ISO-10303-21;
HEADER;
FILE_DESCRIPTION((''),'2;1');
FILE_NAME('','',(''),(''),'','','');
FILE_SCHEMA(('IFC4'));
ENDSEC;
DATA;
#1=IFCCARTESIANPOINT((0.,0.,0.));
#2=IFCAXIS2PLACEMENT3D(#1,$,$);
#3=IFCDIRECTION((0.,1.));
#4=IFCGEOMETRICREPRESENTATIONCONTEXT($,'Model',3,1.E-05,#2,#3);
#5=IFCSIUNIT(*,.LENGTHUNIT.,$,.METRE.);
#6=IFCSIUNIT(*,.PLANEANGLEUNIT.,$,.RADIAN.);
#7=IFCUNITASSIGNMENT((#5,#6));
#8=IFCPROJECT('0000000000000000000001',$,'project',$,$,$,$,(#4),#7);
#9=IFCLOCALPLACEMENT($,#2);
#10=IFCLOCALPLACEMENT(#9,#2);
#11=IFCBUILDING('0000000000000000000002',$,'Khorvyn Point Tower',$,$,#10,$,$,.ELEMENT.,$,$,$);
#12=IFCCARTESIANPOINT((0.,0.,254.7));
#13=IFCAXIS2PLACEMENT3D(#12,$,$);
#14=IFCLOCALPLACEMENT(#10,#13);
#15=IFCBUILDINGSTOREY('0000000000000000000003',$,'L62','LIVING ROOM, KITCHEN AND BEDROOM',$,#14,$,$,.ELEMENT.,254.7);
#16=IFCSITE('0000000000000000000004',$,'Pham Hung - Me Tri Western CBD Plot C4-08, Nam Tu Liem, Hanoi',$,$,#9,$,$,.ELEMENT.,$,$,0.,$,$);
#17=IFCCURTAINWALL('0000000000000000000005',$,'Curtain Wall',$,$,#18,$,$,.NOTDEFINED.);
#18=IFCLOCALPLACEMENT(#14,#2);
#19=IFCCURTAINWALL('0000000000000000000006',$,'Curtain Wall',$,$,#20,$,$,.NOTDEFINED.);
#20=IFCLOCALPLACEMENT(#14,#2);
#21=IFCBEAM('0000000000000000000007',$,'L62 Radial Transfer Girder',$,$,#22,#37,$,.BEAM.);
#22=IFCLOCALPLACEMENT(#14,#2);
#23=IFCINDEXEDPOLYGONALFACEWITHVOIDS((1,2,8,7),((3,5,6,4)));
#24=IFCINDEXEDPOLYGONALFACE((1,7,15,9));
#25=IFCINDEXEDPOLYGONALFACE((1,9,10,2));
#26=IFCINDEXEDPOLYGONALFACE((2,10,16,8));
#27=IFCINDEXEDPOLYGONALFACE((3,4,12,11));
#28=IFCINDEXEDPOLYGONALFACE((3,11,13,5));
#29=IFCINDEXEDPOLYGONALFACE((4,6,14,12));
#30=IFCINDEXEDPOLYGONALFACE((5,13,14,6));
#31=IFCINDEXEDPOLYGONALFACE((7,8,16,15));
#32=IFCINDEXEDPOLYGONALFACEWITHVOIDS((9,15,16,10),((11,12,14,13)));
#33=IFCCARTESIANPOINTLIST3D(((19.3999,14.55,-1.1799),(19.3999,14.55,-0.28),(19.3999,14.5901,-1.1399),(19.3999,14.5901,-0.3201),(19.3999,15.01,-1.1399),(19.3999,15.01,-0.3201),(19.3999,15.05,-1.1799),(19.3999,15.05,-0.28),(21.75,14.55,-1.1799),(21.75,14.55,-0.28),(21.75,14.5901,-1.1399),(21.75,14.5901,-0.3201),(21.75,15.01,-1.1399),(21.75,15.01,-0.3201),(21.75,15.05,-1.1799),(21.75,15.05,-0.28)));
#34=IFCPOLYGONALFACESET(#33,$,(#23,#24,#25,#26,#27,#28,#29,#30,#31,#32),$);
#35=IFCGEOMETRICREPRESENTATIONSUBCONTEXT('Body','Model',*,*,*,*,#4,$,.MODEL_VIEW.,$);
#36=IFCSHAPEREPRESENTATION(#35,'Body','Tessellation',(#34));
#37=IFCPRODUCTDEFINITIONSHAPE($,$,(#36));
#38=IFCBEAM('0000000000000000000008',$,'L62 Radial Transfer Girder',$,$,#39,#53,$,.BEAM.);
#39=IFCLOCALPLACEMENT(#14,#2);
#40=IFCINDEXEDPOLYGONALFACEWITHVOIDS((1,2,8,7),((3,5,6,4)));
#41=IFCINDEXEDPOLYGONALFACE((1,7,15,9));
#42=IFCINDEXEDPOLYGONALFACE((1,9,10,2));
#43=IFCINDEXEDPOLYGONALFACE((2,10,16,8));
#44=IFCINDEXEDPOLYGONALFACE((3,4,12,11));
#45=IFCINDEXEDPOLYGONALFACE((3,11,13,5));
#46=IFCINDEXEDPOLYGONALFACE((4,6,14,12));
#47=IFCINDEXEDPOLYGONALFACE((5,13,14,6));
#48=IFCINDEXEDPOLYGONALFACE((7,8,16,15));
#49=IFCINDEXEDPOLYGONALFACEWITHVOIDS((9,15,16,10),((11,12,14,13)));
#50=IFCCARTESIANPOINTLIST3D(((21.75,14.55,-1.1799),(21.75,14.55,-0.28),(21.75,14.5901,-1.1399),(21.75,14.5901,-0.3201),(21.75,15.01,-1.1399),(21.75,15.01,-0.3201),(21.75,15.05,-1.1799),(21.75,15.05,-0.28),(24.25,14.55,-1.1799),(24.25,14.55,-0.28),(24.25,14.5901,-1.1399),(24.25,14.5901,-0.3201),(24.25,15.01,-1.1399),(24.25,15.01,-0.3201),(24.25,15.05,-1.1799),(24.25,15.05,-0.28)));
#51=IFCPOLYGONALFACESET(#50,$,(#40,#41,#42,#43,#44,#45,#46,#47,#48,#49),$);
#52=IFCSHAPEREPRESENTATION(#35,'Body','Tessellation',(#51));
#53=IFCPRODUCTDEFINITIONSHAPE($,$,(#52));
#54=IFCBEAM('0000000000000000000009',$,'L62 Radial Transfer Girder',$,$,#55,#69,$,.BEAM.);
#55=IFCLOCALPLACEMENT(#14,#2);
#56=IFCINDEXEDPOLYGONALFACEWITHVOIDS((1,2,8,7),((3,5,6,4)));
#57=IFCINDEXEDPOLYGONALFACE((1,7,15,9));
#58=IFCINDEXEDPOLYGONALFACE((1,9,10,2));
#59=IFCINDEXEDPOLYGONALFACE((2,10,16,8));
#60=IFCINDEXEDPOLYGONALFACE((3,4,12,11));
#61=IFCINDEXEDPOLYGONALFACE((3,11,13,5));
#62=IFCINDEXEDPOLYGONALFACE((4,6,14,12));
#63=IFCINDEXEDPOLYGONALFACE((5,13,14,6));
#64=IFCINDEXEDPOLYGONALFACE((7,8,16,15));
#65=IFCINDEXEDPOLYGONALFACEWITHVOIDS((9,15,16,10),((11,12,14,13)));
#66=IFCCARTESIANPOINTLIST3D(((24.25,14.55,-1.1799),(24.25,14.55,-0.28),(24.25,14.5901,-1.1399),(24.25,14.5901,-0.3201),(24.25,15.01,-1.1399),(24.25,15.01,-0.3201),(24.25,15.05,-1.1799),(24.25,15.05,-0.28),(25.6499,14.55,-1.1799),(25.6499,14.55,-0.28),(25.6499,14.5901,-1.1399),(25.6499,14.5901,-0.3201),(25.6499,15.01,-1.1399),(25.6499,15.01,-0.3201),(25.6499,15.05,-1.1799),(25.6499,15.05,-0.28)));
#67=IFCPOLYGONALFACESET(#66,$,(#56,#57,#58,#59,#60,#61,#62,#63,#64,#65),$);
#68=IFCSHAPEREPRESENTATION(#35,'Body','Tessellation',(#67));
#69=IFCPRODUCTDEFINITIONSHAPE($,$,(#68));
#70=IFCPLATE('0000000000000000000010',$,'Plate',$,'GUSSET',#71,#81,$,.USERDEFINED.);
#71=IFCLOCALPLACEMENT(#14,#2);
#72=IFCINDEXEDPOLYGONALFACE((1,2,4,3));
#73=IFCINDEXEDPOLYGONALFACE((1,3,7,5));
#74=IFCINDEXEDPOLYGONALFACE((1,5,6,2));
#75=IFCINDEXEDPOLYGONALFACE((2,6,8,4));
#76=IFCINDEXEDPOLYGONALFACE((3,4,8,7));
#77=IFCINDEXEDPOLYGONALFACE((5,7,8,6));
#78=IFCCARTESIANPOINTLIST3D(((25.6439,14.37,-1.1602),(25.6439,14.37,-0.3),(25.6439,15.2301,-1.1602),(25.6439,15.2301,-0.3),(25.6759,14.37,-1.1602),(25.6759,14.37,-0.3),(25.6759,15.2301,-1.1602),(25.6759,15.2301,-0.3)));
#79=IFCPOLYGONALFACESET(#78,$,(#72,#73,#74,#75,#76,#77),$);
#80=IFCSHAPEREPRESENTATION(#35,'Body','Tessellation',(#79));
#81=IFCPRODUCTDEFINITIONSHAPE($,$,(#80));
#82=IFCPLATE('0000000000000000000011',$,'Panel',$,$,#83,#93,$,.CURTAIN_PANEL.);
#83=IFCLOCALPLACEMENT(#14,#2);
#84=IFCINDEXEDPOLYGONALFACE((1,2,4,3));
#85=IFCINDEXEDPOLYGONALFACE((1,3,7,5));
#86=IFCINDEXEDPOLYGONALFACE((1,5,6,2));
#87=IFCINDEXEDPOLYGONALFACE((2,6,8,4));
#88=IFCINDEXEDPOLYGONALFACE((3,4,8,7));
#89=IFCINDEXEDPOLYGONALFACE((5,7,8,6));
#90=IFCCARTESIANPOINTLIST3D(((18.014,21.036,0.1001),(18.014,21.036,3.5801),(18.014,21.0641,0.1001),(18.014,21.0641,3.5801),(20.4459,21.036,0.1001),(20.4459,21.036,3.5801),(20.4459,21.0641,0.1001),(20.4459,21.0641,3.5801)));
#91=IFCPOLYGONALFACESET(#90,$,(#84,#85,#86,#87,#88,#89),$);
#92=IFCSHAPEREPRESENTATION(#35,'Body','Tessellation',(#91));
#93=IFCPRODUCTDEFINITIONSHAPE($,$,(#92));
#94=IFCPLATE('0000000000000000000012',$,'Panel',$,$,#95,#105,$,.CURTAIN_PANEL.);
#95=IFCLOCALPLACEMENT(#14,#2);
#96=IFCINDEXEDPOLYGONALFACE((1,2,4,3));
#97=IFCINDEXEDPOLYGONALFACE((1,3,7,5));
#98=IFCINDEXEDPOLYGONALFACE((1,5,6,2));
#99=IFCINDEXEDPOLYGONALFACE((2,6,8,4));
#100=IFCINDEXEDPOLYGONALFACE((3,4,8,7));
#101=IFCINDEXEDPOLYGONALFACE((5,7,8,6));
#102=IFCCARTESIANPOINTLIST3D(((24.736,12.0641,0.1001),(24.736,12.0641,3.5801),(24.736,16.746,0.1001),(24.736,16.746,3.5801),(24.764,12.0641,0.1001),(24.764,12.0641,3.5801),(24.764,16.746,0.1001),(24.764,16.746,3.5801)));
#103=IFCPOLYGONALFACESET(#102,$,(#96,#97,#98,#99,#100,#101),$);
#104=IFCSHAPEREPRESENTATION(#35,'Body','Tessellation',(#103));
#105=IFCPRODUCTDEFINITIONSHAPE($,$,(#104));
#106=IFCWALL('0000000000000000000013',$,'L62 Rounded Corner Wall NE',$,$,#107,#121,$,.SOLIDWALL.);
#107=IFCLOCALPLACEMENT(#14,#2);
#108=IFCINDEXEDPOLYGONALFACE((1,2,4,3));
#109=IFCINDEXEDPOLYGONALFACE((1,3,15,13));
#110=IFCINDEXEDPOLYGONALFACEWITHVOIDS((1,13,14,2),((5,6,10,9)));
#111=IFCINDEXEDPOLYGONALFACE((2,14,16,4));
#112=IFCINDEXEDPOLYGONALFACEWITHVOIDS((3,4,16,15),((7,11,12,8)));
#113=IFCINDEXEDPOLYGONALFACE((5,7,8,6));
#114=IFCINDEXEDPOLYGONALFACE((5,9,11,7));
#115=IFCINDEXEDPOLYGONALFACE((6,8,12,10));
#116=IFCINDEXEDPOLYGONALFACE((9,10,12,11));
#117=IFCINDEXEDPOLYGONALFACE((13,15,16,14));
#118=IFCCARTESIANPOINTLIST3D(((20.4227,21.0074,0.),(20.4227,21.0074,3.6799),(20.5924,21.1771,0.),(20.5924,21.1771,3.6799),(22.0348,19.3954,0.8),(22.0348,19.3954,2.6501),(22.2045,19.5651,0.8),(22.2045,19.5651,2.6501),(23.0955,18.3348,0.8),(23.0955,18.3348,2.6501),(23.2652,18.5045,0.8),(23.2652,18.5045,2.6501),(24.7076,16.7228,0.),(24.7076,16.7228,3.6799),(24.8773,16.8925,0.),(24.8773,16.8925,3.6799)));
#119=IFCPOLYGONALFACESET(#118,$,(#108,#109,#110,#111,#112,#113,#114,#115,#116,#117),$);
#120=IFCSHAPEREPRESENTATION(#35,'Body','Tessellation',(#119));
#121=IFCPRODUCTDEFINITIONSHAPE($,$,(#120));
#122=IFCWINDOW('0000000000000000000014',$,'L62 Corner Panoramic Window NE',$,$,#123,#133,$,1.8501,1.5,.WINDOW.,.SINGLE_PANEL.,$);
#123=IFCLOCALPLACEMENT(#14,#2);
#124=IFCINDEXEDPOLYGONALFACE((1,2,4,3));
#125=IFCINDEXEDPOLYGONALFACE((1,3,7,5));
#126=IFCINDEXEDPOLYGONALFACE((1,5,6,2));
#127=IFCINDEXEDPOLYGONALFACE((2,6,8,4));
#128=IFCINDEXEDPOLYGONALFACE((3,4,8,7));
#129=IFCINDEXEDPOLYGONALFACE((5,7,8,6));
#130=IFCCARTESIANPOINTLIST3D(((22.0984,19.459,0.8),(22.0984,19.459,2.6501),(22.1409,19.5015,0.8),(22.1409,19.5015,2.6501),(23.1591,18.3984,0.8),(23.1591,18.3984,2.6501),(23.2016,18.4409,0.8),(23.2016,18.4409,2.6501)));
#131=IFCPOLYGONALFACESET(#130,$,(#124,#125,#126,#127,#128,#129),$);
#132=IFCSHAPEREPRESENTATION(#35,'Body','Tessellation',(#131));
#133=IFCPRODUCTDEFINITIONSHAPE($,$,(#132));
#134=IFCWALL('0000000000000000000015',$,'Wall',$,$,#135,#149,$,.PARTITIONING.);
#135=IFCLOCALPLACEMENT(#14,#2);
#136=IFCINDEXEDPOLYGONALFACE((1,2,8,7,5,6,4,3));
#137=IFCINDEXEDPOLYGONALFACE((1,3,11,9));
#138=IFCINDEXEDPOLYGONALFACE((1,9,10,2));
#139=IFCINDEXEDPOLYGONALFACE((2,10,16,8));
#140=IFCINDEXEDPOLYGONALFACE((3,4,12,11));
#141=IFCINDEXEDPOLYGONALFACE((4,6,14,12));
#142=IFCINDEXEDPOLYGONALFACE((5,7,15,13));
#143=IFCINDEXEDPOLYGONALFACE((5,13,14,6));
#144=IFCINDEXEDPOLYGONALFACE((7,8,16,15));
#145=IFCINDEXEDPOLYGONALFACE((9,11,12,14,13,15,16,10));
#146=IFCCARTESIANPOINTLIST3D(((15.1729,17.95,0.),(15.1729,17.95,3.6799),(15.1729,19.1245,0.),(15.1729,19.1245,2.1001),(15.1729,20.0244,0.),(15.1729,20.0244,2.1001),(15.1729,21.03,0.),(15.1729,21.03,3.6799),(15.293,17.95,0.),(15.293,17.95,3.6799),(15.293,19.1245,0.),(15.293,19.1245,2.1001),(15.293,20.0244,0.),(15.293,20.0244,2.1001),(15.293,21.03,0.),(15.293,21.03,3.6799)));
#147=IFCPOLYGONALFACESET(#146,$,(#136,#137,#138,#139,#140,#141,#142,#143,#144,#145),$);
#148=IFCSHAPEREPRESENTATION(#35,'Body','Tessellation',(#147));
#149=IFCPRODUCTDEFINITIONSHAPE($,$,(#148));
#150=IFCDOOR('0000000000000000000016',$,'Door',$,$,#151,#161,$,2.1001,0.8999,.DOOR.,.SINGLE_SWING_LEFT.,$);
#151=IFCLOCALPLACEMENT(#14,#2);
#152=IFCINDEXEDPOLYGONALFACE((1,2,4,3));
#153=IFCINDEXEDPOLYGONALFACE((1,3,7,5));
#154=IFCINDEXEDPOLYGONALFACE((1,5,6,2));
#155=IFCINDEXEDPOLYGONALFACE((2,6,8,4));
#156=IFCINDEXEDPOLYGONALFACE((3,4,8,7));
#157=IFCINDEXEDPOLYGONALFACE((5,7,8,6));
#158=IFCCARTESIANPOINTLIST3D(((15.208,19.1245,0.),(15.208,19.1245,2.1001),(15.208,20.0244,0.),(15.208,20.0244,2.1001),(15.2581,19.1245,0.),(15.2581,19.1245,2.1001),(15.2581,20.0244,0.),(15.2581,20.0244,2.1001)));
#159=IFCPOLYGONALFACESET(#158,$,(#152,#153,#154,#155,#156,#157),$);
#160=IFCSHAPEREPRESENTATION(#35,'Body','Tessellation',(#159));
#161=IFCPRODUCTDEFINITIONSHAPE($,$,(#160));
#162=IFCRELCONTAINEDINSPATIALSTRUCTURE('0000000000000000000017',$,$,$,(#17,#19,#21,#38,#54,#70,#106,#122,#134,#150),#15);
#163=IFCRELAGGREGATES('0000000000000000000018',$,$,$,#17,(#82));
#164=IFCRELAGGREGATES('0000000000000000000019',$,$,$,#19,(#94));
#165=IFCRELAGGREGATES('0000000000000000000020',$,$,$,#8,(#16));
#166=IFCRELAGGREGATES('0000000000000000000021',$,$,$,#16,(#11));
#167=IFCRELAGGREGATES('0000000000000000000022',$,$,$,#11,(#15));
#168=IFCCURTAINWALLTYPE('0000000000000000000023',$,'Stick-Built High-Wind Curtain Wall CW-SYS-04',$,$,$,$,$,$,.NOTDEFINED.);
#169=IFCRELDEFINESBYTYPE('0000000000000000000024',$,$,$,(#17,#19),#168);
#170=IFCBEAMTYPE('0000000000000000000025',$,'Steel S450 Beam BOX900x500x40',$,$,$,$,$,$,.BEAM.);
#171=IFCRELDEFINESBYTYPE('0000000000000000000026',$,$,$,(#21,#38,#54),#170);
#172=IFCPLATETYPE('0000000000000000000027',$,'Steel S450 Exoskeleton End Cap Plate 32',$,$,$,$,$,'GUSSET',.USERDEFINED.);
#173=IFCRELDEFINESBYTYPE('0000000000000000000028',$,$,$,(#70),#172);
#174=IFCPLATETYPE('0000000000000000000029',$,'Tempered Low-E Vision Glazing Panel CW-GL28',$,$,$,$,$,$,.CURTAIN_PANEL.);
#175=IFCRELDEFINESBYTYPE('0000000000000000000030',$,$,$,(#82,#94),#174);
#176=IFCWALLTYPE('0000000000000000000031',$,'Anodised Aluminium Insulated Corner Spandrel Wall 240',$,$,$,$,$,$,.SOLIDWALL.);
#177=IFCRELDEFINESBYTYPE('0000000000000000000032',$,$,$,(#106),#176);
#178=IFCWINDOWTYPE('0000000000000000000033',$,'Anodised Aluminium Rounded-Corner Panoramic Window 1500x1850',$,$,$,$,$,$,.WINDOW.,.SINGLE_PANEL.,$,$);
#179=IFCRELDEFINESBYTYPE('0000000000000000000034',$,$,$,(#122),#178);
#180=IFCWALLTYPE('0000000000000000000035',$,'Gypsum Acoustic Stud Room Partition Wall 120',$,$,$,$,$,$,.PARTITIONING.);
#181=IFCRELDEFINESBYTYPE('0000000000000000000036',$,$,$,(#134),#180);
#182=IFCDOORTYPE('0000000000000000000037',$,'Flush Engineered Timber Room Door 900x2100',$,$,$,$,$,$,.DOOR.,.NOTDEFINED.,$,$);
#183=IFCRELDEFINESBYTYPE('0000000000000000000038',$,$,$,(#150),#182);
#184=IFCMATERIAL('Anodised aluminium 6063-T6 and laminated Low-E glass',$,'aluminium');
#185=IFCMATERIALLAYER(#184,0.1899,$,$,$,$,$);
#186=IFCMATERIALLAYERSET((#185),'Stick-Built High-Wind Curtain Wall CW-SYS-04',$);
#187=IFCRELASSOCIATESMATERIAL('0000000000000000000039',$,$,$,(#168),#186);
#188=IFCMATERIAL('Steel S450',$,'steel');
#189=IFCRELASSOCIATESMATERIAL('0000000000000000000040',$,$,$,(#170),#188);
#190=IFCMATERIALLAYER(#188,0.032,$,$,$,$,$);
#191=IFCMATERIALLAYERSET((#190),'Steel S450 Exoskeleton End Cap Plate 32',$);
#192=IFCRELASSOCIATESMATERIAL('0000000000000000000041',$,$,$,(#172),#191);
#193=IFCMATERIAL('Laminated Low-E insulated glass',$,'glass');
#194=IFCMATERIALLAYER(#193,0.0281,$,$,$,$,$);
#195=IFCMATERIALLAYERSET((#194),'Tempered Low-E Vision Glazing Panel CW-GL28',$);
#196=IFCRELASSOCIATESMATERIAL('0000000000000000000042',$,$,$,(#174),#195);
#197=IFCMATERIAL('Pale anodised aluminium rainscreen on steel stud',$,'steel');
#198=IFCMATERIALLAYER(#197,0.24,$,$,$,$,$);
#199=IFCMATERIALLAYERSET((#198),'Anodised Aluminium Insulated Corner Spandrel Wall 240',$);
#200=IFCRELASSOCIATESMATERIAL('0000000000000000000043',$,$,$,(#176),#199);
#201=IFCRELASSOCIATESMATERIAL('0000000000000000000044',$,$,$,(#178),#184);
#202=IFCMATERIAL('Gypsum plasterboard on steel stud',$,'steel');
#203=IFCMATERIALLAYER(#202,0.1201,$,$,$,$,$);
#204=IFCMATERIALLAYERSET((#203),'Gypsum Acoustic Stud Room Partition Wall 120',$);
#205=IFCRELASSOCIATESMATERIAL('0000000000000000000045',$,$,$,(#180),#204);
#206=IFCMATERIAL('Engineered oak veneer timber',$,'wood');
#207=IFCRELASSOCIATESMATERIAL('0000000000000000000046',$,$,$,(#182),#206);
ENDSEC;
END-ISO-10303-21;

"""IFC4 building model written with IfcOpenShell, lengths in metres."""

from ifc_helpers import new_model, si_unit, direction, frame, frame_2d, origin, origin_2d, place, context, subcontext, project, spatial, rectangle, hollow_rectangle, extrude, material, layer, layer_set, material_profile, profile_set, type_object, element, fill, aggregate, save


model = new_model("IFC4")

# Units and contexts
model_context = context("Model", 3, precision=1e-05, world=origin(), true_north=direction((0.0, 1.0)))
body_context = subcontext(model_context, "Body", "Model", "MODEL_VIEW")
ifc_project = project(units=[si_unit("LENGTHUNIT", "METRE"), si_unit("PLANEANGLEUNIT", "RADIAN")], contexts=[model_context])

# Site, building, storey
site_placement = place(None, origin())
site = spatial("IfcSite", under=ifc_project, at=site_placement, Name="Pham Hung - Me Tri Western CBD Plot C4-08, Nam Tu Liem, Hanoi", CompositionType="ELEMENT", RefElevation=0.0)
building_placement = place(site_placement, origin())
building = spatial("IfcBuilding", under=site, at=building_placement, Name="Khorvyn Point Tower", CompositionType="ELEMENT")
storey_placement = place(building_placement, frame((0.0, 0.0, 254.7)))
storey = spatial("IfcBuildingStorey", under=building, at=storey_placement, Name="L62", Description="LIVING ROOM, KITCHEN AND BEDROOM", CompositionType="ELEMENT", Elevation=254.7)

# Shared definitions
ifc_material_1 = material(Name="Steel S450", Category="steel")

# Curtain wall
ifc_material_2 = material(Name="Anodised aluminium 6063-T6 and laminated Low-E glass", Category="aluminium")
ifc_layer_1 = layer(ifc_material_2, 0.1899)
ifc_layer_set_1 = layer_set([ifc_layer_1], Name="Stick-Built High-Wind Curtain Wall CW-SYS-04")
curtain_wall_type = type_object("IfcCurtainWallType", Name="Stick-Built High-Wind Curtain Wall CW-SYS-04", PredefinedType="NOTDEFINED", material=ifc_layer_set_1)
curtain_wall_1_placement = place(storey_placement, origin())
curtain_wall_1 = element("IfcCurtainWall", 1, at=curtain_wall_1_placement, inside=storey, type_object=curtain_wall_type, Name="Curtain Wall", PredefinedType="NOTDEFINED")

# Curtain wall
curtain_wall_2_placement = place(storey_placement, origin())
curtain_wall_2 = element("IfcCurtainWall", 2, at=curtain_wall_2_placement, inside=storey, type_object=curtain_wall_type, Name="Curtain Wall", PredefinedType="NOTDEFINED")

# Beams
ifc_material_profile_1 = material_profile(ifc_material_1, hollow_rectangle(XDim=0.5, YDim=0.8999, WallThickness=0.04, at=origin_2d()))
ifc_profile_set_1 = profile_set([ifc_material_profile_1], Name="Steel S450 BOX900x500x40")
beam_type_1 = type_object("IfcBeamType", Name="Steel S450 Beam BOX900x500x40", PredefinedType="BEAM", material=ifc_profile_set_1)
beam_1_placement = place(storey_placement, frame((19.3999, 14.8, -0.73), z_axis=(1.0, 0.0, 0.0), x_axis=(0.0, 1.0, 0.0)))
element("IfcBeam", 3, at=beam_1_placement, inside=storey, type_object=beam_type_1, Name="L62 Radial Transfer Girder", PredefinedType="BEAM", context=body_context, shape_type="SweptSolid", body=[
    extrude(hollow_rectangle(XDim=0.5, YDim=0.8999, WallThickness=0.04, at=origin_2d()), origin(), (0.0, 0.0, 1.0), 2.3501),
])
beam_2_placement = place(storey_placement, frame((21.75, 14.8, -0.73), z_axis=(1.0, 0.0, 0.0), x_axis=(0.0, 1.0, 0.0)))
element("IfcBeam", 4, at=beam_2_placement, inside=storey, type_object=beam_type_1, Name="L62 Radial Transfer Girder", PredefinedType="BEAM", context=body_context, shape_type="SweptSolid", body=[
    extrude(hollow_rectangle(XDim=0.5, YDim=0.8999, WallThickness=0.04, at=origin_2d()), origin(), (0.0, 0.0, 1.0), 2.5),
])
beam_3_placement = place(storey_placement, frame((24.25, 14.8, -0.73), z_axis=(1.0, 0.0, 0.0), x_axis=(0.0, 1.0, 0.0)))
element("IfcBeam", 5, at=beam_3_placement, inside=storey, type_object=beam_type_1, Name="L62 Radial Transfer Girder", PredefinedType="BEAM", context=body_context, shape_type="SweptSolid", body=[
    extrude(hollow_rectangle(XDim=0.5, YDim=0.8999, WallThickness=0.04, at=origin_2d()), origin(), (0.0, 0.0, 1.0), 1.3999),
])

# Plates
ifc_layer_2 = layer(ifc_material_1, 0.032)
ifc_layer_set_2 = layer_set([ifc_layer_2], Name="Steel S450 Exoskeleton End Cap Plate 32")
plate_type_1 = type_object("IfcPlateType", Name="Steel S450 Exoskeleton End Cap Plate 32", ElementType="GUSSET", PredefinedType="USERDEFINED", material=ifc_layer_set_2)
plate_1_placement = place(storey_placement, frame((25.6599, 14.8, -1.1602), z_axis=(0.0, 0.0, 1.0), x_axis=(1.0, 0.0, 0.0)))
element("IfcPlate", 6, at=plate_1_placement, inside=storey, type_object=plate_type_1, Name="Plate", ObjectType="GUSSET", PredefinedType="USERDEFINED", context=body_context, shape_type="SweptSolid", body=[
    extrude(rectangle(XDim=0.032, YDim=0.8601, at=origin_2d()), origin(), (0.0, 0.0, 1.0), 0.8601),
])
ifc_material_3 = material(Name="Laminated Low-E insulated glass", Category="glass")
ifc_layer_3 = layer(ifc_material_3, 0.0281)
ifc_layer_set_3 = layer_set([ifc_layer_3], Name="Tempered Low-E Vision Glazing Panel CW-GL28")
plate_type_2 = type_object("IfcPlateType", Name="Tempered Low-E Vision Glazing Panel CW-GL28", PredefinedType="CURTAIN_PANEL", material=ifc_layer_set_3)
plate_2_placement = place(storey_placement, frame((19.23, 21.05, 0.1001), z_axis=(0.0, 0.0, 1.0), x_axis=(1.0, 0.0, 0.0)))
plate_2 = element("IfcPlate", 7, at=plate_2_placement, type_object=plate_type_2, Name="Panel", PredefinedType="CURTAIN_PANEL", context=body_context, shape_type="SweptSolid", body=[
    extrude(rectangle(XDim=2.4319, YDim=0.0281, at=origin_2d()), origin(), (0.0, 0.0, 1.0), 3.48),
])
aggregate(curtain_wall_1, [plate_2])
plate_3_placement = place(storey_placement, frame((24.75, 14.405, 0.1001), z_axis=(0.0, 0.0, 1.0), x_axis=(0.0, -1.0, 0.0)))
plate_3 = element("IfcPlate", 8, at=plate_3_placement, type_object=plate_type_2, Name="Panel", PredefinedType="CURTAIN_PANEL", context=body_context, shape_type="SweptSolid", body=[
    extrude(rectangle(XDim=4.6819, YDim=0.0281, at=origin_2d()), origin(), (0.0, 0.0, 1.0), 3.48),
])
aggregate(curtain_wall_2, [plate_3])

# Wall, opening, window
ifc_material_4 = material(Name="Pale anodised aluminium rainscreen on steel stud", Category="steel")
ifc_layer_4 = layer(ifc_material_4, 0.24)
ifc_layer_set_4 = layer_set([ifc_layer_4], Name="Anodised Aluminium Insulated Corner Spandrel Wall 240")
wall_type_1 = type_object("IfcWallType", Name="Anodised Aluminium Insulated Corner Spandrel Wall 240", PredefinedType="SOLIDWALL", material=ifc_layer_set_4)
wall_1_placement = place(storey_placement, frame((20.5076, 21.0923, 0.0), z_axis=(0.0, 0.0, 1.0), x_axis=(0.707127, -0.707087, 0.0)))
wall_1 = element("IfcWall", 9, at=wall_1_placement, inside=storey, type_object=wall_type_1, Name="L62 Rounded Corner Wall NE", PredefinedType="SOLIDWALL", context=body_context, shape_type="SweptSolid", body=[
    extrude(rectangle(XDim=6.0596, YDim=0.24, at=frame_2d((3.0298, 0.0))), origin(), (0.0, 0.0, 1.0), 3.6799),
])
opening_1_placement = place(wall_1_placement, frame((2.2798, 0.0, 0.8)))
opening_1 = element("IfcOpeningElement", 10, at=opening_1_placement, cuts=wall_1, PredefinedType="OPENING", context=body_context, shape_type="SweptSolid", body=[
    extrude(rectangle(XDim=1.5, YDim=1.8501, at=frame_2d((0.75, 0.925))), frame((0.0, 0.1299, 0.0), z_axis=(0.0, -1.0, 0.0), x_axis=(1.0, 0.0, 0.0)), (0.0, 0.0, 1.0), 0.26),
])
window_type = type_object("IfcWindowType", Name="Anodised Aluminium Rounded-Corner Panoramic Window 1500x1850", PartitioningType="SINGLE_PANEL", PredefinedType="WINDOW", material=ifc_material_2)
window_placement = place(opening_1_placement, origin())
window = element("IfcWindow", 11, at=window_placement, inside=storey, type_object=window_type, Name="L62 Corner Panoramic Window NE", OverallHeight=1.8501, OverallWidth=1.5, PartitioningType="SINGLE_PANEL", PredefinedType="WINDOW", context=body_context, shape_type="SweptSolid", body=[
    extrude(rectangle(XDim=1.5, YDim=1.8501, at=frame_2d((0.75, 0.925))), frame((0.0, 0.03, 0.0), z_axis=(0.0, -1.0, 0.0), x_axis=(1.0, 0.0, 0.0)), (0.0, 0.0, 1.0), 0.0601),
])
fill(opening_1, window)

# Wall, opening, door
ifc_material_5 = material(Name="Gypsum plasterboard on steel stud", Category="steel")
ifc_layer_5 = layer(ifc_material_5, 0.1201)
ifc_layer_set_5 = layer_set([ifc_layer_5], Name="Gypsum Acoustic Stud Room Partition Wall 120")
wall_type_2 = type_object("IfcWallType", Name="Gypsum Acoustic Stud Room Partition Wall 120", PredefinedType="PARTITIONING", material=ifc_layer_set_5)
wall_2_placement = place(storey_placement, frame((15.2329, 17.95, 0.0), z_axis=(0.0, 0.0, 1.0), x_axis=(0.0, 1.0, 0.0)))
wall_2 = element("IfcWall", 12, at=wall_2_placement, inside=storey, type_object=wall_type_2, Name="Wall", PredefinedType="PARTITIONING", context=body_context, shape_type="SweptSolid", body=[
    extrude(rectangle(XDim=3.0801, YDim=0.1201, at=frame_2d((1.54, 0.0))), origin(), (0.0, 0.0, 1.0), 3.6799),
])
opening_2_placement = place(wall_2_placement, frame((1.1746, 0.0, 0.0)))
opening_2 = element("IfcOpeningElement", 13, at=opening_2_placement, cuts=wall_2, PredefinedType="OPENING", context=body_context, shape_type="SweptSolid", body=[
    extrude(rectangle(XDim=0.8999, YDim=2.1001, at=frame_2d((0.45, 1.05))), frame((0.0, 0.0701, 0.0), z_axis=(0.0, -1.0, 0.0), x_axis=(1.0, 0.0, 0.0)), (0.0, 0.0, 1.0), 0.1401),
])
ifc_material_6 = material(Name="Engineered oak veneer timber", Category="wood")
door_type_1 = type_object("IfcDoorType", Name="Flush Engineered Timber Room Door 900x2100", OperationType="NOTDEFINED", PredefinedType="DOOR", material=ifc_material_6)
door_1_placement = place(opening_2_placement, origin())
door_1 = element("IfcDoor", 14, at=door_1_placement, inside=storey, type_object=door_type_1, Name="Door", OperationType="SINGLE_SWING_LEFT", OverallHeight=2.1001, OverallWidth=0.8999, PredefinedType="DOOR", context=body_context, shape_type="SweptSolid", body=[
    extrude(rectangle(XDim=0.8999, YDim=2.1001, at=frame_2d((0.45, 1.05))), frame((0.0, 0.0249, 0.0), z_axis=(0.0, -1.0, 0.0), x_axis=(1.0, 0.0, 0.0)), (0.0, 0.0, 1.0), 0.05),
])
fill(opening_2, door_1)

save(model, "model.ifc")
